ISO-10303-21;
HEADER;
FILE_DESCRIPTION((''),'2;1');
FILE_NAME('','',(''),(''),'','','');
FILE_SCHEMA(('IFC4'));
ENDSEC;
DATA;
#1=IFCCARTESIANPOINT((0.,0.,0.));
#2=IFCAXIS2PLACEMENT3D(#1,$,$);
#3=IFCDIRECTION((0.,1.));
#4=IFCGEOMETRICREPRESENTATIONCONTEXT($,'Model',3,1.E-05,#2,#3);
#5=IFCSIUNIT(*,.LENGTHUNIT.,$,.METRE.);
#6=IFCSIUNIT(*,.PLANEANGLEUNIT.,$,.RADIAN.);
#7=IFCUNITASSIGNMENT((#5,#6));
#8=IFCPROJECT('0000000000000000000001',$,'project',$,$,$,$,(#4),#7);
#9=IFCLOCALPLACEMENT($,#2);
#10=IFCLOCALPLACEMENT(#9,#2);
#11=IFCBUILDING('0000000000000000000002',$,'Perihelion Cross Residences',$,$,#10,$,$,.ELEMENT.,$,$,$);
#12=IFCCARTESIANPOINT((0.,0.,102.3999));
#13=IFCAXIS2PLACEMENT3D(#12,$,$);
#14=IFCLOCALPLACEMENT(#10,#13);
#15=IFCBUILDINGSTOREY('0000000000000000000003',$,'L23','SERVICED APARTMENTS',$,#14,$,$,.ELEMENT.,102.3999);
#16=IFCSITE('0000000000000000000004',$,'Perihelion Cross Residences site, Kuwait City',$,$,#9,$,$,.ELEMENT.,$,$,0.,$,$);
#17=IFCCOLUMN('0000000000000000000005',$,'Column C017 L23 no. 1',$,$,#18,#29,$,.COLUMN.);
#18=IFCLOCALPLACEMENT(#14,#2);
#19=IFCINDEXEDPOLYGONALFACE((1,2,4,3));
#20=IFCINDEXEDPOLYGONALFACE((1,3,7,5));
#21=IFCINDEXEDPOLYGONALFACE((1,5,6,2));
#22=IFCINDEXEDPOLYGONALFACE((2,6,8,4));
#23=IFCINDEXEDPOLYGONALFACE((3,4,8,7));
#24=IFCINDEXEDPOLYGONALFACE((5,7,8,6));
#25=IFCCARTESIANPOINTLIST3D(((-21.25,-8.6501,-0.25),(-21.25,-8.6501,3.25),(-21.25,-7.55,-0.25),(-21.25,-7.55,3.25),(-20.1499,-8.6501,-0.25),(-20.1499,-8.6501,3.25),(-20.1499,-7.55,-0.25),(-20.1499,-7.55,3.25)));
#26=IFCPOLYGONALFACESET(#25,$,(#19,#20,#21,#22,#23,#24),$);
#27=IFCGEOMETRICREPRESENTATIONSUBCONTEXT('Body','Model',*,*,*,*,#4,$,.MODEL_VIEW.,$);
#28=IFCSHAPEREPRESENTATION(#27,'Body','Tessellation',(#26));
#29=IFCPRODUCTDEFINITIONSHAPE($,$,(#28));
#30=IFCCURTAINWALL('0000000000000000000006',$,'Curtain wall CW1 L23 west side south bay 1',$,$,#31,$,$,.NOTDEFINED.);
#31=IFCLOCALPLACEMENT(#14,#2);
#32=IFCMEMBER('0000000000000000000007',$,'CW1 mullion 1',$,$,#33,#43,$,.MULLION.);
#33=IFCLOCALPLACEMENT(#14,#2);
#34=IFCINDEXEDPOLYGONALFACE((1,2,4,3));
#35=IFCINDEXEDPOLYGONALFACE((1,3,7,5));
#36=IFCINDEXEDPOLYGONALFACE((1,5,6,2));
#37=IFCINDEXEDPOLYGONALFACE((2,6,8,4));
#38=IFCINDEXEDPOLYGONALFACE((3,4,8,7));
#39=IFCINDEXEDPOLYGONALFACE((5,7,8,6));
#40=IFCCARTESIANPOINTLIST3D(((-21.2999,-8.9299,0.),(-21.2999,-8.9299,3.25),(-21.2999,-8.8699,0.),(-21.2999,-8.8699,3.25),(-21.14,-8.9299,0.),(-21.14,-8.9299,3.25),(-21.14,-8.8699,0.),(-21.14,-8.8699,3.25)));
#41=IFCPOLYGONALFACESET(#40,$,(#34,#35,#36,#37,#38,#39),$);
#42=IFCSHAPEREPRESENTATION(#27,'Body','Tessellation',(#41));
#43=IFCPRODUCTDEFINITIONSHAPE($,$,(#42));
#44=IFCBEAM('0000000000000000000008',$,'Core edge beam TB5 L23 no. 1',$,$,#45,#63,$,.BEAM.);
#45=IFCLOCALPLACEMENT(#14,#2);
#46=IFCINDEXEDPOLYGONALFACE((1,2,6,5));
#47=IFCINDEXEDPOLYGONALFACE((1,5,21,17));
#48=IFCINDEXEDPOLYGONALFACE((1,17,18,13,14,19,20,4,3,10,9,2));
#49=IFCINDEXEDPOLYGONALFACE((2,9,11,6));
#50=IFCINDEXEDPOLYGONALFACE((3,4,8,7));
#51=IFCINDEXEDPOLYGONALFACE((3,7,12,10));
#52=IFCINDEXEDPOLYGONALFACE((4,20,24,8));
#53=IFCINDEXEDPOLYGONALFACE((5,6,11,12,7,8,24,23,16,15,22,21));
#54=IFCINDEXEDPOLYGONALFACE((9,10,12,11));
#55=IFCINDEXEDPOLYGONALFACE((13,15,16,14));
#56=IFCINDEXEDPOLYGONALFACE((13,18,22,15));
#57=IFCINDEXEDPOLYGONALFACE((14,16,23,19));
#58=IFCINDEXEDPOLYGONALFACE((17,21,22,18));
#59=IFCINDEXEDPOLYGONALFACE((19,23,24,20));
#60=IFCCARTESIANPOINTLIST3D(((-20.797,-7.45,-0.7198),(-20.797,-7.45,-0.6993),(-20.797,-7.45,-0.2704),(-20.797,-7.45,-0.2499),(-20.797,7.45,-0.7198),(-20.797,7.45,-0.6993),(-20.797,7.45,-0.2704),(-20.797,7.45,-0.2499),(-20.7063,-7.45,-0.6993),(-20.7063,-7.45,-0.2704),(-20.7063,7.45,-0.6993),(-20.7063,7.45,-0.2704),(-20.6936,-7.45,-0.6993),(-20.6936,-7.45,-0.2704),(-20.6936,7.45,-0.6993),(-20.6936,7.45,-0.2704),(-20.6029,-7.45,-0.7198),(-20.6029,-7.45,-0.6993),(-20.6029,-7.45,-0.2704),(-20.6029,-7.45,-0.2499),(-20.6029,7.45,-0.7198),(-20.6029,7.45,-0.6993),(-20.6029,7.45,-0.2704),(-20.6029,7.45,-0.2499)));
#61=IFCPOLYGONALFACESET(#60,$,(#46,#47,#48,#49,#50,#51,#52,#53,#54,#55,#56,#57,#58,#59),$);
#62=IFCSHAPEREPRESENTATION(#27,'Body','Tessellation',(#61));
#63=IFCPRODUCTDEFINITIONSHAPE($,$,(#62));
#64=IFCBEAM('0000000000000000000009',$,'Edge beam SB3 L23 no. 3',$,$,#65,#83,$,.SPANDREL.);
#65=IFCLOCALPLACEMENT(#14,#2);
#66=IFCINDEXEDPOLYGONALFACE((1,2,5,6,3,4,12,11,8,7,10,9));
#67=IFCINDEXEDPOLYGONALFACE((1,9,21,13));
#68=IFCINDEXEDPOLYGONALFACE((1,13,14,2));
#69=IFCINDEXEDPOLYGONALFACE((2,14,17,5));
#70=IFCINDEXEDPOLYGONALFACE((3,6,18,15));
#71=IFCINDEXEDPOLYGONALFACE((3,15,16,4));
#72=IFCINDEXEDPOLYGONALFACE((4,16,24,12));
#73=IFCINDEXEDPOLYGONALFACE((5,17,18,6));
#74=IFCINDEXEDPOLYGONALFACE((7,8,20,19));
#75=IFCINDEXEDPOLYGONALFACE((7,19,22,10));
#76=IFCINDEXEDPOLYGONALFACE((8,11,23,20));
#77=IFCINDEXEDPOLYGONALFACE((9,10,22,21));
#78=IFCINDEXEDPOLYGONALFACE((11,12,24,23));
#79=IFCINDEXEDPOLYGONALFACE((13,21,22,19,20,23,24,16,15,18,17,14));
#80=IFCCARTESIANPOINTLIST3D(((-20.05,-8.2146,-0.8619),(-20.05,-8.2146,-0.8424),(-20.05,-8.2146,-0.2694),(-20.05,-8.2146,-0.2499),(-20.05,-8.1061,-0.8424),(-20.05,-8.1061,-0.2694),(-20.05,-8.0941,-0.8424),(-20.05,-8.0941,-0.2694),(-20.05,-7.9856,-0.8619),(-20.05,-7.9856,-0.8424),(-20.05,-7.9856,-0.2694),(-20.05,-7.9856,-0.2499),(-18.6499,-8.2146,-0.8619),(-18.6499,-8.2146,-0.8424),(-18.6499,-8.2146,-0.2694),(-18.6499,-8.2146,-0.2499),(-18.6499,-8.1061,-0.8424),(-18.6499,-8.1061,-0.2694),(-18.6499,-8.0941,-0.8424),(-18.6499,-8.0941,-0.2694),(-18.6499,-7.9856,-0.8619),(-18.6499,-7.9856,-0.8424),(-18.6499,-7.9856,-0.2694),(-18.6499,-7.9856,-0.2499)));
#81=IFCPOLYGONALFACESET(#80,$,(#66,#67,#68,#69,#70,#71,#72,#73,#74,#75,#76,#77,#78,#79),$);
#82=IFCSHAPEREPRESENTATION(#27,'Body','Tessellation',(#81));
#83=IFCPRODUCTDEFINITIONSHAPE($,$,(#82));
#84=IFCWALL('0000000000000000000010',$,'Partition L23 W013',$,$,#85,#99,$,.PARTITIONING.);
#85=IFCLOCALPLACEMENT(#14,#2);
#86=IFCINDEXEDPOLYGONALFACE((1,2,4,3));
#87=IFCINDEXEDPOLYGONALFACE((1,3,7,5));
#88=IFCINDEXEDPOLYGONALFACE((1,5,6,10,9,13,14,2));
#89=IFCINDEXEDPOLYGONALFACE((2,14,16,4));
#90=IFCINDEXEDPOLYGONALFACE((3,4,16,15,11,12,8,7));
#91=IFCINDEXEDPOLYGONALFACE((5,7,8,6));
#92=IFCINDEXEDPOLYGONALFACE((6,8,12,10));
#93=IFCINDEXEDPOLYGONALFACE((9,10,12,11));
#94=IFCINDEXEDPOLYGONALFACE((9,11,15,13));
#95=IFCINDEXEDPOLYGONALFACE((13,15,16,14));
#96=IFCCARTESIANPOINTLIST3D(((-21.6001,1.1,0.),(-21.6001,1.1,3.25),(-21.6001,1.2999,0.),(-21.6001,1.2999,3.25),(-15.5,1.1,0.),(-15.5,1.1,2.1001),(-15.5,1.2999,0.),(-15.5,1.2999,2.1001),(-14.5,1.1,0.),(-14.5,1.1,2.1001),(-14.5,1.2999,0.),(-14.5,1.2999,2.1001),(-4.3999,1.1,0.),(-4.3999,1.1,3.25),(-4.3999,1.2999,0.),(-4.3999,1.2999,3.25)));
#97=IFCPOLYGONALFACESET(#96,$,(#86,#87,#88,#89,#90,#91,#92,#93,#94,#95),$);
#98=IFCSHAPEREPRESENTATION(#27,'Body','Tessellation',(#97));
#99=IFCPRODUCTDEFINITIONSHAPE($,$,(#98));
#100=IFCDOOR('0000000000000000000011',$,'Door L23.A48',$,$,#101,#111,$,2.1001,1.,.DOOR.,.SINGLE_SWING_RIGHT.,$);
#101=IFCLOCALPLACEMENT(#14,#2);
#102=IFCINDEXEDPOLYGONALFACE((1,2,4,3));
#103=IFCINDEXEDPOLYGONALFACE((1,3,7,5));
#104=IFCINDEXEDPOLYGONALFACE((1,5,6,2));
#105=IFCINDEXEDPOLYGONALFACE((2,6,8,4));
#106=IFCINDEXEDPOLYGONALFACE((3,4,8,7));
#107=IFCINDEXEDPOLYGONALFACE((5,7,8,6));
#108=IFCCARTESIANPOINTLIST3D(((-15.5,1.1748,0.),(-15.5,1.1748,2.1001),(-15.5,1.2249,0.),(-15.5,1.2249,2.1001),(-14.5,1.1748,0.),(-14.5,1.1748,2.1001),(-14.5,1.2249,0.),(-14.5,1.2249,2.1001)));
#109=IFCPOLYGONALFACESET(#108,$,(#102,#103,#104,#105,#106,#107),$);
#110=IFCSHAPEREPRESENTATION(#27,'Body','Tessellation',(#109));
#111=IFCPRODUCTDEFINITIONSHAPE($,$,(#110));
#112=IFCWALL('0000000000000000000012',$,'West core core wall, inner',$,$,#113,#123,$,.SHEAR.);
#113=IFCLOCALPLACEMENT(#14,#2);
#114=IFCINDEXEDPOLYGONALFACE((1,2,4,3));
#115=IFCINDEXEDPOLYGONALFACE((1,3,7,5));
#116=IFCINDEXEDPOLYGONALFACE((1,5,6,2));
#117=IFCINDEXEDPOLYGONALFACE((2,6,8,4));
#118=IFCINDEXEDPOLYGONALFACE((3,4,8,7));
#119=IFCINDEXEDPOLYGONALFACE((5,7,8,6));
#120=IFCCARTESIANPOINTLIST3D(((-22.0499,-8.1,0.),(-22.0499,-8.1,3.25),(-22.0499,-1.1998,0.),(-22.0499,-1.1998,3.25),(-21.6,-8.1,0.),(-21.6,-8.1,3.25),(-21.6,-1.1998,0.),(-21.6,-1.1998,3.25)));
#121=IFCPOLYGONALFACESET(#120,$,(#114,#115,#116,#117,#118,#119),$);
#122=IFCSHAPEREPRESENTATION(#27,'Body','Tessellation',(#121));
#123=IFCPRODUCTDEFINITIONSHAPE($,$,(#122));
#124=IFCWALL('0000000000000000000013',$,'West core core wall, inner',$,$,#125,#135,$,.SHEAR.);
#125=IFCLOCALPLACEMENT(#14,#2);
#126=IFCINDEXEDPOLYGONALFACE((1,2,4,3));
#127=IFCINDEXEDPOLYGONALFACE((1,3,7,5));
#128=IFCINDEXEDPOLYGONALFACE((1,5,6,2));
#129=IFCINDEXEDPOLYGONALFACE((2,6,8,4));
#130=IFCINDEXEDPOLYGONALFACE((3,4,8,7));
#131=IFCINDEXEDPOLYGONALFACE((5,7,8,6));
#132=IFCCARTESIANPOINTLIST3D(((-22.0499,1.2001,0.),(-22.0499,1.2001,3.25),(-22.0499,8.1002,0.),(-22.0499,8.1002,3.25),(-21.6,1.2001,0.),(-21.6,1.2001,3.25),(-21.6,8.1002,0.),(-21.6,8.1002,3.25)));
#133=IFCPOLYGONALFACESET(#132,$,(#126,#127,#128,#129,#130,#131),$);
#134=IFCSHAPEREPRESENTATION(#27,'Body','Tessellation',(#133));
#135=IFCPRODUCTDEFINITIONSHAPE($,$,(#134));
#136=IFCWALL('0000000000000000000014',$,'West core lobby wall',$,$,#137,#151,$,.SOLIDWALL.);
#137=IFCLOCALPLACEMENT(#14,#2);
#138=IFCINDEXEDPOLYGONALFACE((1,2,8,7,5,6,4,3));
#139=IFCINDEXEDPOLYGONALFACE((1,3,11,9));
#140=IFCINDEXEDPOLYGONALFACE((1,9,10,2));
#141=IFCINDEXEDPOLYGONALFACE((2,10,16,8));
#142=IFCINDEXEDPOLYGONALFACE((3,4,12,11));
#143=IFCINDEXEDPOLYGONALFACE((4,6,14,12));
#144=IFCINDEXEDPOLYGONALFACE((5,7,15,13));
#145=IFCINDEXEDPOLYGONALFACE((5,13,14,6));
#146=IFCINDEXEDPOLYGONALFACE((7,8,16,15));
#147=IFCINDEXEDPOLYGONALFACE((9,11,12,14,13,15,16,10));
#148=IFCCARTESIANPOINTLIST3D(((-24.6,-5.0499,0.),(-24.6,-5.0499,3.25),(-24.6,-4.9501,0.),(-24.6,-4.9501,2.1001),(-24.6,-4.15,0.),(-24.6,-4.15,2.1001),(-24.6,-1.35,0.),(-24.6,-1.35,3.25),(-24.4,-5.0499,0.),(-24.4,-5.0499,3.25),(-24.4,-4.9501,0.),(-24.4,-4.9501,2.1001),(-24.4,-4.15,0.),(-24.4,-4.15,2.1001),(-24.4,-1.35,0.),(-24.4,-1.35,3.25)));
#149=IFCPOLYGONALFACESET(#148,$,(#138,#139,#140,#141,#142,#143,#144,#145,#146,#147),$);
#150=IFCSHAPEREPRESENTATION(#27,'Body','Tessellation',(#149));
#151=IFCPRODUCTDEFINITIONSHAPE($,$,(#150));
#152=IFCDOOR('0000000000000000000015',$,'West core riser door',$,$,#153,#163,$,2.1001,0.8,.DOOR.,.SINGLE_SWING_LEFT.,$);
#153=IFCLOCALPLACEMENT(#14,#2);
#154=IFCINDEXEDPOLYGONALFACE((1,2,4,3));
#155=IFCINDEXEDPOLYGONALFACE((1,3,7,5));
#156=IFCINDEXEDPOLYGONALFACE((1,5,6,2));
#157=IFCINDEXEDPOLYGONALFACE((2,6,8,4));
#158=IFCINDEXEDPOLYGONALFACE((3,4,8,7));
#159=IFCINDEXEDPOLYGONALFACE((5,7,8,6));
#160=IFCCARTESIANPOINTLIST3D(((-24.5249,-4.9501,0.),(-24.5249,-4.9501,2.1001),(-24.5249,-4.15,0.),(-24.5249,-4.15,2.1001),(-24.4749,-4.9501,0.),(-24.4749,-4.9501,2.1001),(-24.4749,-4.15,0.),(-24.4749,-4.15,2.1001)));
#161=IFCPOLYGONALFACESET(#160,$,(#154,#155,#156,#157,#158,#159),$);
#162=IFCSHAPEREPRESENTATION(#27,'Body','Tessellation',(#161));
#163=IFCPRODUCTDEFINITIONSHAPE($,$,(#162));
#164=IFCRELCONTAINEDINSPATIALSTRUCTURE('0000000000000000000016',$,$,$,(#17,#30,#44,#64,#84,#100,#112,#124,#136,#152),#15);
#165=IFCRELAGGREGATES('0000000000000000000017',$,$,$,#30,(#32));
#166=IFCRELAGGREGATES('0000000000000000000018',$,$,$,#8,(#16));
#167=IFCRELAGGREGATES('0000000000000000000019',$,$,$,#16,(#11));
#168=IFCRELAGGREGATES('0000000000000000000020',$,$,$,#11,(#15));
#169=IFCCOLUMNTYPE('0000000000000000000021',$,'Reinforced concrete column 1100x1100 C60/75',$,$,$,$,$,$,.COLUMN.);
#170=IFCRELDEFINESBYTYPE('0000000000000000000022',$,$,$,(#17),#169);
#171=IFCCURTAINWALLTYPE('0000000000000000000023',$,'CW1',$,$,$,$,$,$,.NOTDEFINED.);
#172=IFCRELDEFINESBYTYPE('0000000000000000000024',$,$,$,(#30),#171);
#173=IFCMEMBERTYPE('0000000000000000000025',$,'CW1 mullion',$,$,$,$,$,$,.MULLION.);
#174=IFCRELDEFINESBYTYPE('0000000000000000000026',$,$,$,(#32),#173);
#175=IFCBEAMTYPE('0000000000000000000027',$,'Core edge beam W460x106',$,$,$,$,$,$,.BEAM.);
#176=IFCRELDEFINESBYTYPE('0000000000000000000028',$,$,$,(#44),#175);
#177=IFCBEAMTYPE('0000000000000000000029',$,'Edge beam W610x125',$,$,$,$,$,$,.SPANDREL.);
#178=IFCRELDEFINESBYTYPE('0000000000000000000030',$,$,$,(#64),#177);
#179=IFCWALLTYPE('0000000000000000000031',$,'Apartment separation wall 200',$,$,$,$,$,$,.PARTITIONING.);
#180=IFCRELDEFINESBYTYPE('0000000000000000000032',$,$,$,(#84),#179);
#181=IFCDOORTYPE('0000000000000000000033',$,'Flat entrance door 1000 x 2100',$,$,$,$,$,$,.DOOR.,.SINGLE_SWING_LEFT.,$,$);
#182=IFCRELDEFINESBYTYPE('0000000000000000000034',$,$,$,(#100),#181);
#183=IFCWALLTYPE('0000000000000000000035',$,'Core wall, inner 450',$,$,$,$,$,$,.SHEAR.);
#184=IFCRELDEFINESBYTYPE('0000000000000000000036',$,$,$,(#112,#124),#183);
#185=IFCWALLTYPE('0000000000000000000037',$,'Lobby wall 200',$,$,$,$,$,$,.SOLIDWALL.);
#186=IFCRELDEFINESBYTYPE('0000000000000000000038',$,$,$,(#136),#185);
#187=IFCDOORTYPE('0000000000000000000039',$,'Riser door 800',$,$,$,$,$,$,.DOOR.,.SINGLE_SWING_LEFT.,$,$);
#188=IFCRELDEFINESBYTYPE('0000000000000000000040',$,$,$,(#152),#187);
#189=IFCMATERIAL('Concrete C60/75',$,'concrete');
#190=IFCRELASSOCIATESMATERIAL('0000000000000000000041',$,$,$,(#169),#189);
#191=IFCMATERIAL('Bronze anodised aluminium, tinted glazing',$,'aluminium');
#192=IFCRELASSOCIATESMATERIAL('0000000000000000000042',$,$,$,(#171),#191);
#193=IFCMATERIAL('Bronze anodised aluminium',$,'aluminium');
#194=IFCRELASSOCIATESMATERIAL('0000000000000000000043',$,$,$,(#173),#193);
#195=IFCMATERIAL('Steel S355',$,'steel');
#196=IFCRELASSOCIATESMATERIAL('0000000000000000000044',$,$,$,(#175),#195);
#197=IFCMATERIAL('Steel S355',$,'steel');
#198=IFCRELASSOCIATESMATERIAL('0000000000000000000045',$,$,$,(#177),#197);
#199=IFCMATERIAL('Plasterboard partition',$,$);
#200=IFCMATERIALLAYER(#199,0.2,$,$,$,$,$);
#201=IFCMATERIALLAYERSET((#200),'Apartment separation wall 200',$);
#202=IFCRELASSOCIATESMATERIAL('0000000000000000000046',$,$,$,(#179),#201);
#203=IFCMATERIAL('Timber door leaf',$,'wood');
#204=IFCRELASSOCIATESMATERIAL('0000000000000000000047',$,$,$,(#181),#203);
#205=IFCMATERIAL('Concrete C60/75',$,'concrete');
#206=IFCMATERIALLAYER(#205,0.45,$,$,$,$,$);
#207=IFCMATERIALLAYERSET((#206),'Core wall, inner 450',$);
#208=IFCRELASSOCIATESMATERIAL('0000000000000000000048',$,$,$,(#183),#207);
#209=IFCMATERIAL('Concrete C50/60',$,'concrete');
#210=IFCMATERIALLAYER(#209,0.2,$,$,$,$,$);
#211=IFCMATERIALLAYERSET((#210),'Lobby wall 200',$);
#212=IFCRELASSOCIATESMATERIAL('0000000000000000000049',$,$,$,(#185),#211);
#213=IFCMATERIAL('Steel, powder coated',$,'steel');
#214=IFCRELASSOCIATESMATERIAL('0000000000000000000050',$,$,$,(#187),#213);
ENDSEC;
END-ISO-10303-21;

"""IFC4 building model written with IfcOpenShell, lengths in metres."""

from ifc_helpers import new_model, si_unit, direction, frame, frame_2d, origin, origin_2d, place, context, subcontext, project, spatial, rectangle, i_section, extrude, material, layer, layer_set, material_profile, profile_set, type_object, element, fill, aggregate, save


model = new_model("IFC4")

# Units and contexts
model_context = context("Model", 3, precision=1e-05, world=origin(), true_north=direction((0.0, 1.0)))
body_context = subcontext(model_context, "Body", "Model", "MODEL_VIEW")
ifc_project = project(units=[si_unit("LENGTHUNIT", "METRE"), si_unit("PLANEANGLEUNIT", "RADIAN")], contexts=[model_context])

# Site, building, storey
site_placement = place(None, origin())
site = spatial("IfcSite", under=ifc_project, at=site_placement, Name="Perihelion Cross Residences site, Kuwait City", CompositionType="ELEMENT", RefElevation=0.0)
building_placement = place(site_placement, origin())
building = spatial("IfcBuilding", under=site, at=building_placement, Name="Perihelion Cross Residences", CompositionType="ELEMENT")
storey_placement = place(building_placement, frame((0.0, 0.0, 102.3999)))
storey = spatial("IfcBuildingStorey", under=building, at=storey_placement, Name="L23", Description="SERVICED APARTMENTS", CompositionType="ELEMENT", Elevation=102.3999)

# Column
ifc_material_1 = material(Name="Concrete C60/75", Category="concrete")
ifc_material_profile_1 = material_profile(ifc_material_1, rectangle(XDim=1.1001, YDim=1.1001, at=origin_2d()), Name="RC 1100x1100")
ifc_profile_set_1 = profile_set([ifc_material_profile_1], Name="Concrete C60/75")
column_type = type_object("IfcColumnType", Name="Reinforced concrete column 1100x1100 C60/75", PredefinedType="COLUMN", material=ifc_profile_set_1)
column_placement = place(storey_placement, frame((-20.7, -8.1001, -0.25), z_axis=(0.0, 0.0, 1.0), x_axis=(1.0, 0.0, 0.0)))
element("IfcColumn", 1, at=column_placement, inside=storey, type_object=column_type, Name="Column C017 L23 no. 1", PredefinedType="COLUMN", context=body_context, shape_type="SweptSolid", body=[
    extrude(rectangle(XDim=1.1001, YDim=1.1001, at=origin_2d()), origin(), (0.0, 0.0, 1.0), 3.5),
])

# Curtain wall, member
ifc_material_2 = material(Name="Bronze anodised aluminium, tinted glazing", Category="aluminium")
curtain_wall_type = type_object("IfcCurtainWallType", Name="CW1", PredefinedType="NOTDEFINED", material=ifc_material_2)
curtain_wall_placement = place(storey_placement, origin())
curtain_wall = element("IfcCurtainWall", 2, at=curtain_wall_placement, inside=storey, type_object=curtain_wall_type, Name="Curtain wall CW1 L23 west side south bay 1", PredefinedType="NOTDEFINED")
ifc_material_3 = material(Name="Bronze anodised aluminium", Category="aluminium")
ifc_material_profile_2 = material_profile(ifc_material_3, rectangle(XDim=0.0601, YDim=0.1599, at=origin_2d()), Name="CW1 mullion")
ifc_profile_set_2 = profile_set([ifc_material_profile_2], Name="Bronze anodised aluminium")
member_type = type_object("IfcMemberType", Name="CW1 mullion", PredefinedType="MULLION", material=ifc_profile_set_2)
member_placement = place(storey_placement, frame((-21.22, -8.8999, 0.0), z_axis=(0.0, 0.0, 1.0), x_axis=(0.0, 1.0, 0.0)))
member = element("IfcMember", 3, at=member_placement, type_object=member_type, Name="CW1 mullion 1", PredefinedType="MULLION", context=body_context, shape_type="SweptSolid", body=[
    extrude(rectangle(XDim=0.0601, YDim=0.1599, at=origin_2d()), origin(), (0.0, 0.0, 1.0), 3.25),
])
aggregate(curtain_wall, [member])

# Beams
ifc_material_4 = material(Name="Steel S355", Category="steel")
ifc_material_profile_3 = material_profile(ifc_material_4, i_section(OverallWidth=0.1941, OverallDepth=0.47, WebThickness=0.0127, FlangeThickness=0.0205, at=origin_2d()), Name="W460x106")
ifc_profile_set_3 = profile_set([ifc_material_profile_3], Name="Steel S355")
beam_type_1 = type_object("IfcBeamType", Name="Core edge beam W460x106", PredefinedType="BEAM", material=ifc_profile_set_3)
beam_1_placement = place(storey_placement, frame((-20.7, -7.45, -0.4849), z_axis=(0.0, 1.0, 0.0), x_axis=(-1.0, 0.0, 0.0)))
element("IfcBeam", 4, at=beam_1_placement, inside=storey, type_object=beam_type_1, Name="Core edge beam TB5 L23 no. 1", PredefinedType="BEAM", context=body_context, shape_type="SweptSolid", body=[
    extrude(i_section(OverallWidth=0.1941, OverallDepth=0.47, WebThickness=0.0127, FlangeThickness=0.0205, at=origin_2d()), origin(), (0.0, 0.0, 1.0), 14.8999),
])
ifc_material_5 = material(Name="Steel S355", Category="steel")
ifc_material_profile_4 = material_profile(ifc_material_5, i_section(OverallWidth=0.229, OverallDepth=0.6121, WebThickness=0.012, FlangeThickness=0.0195, at=origin_2d()), Name="W610x125")
ifc_profile_set_4 = profile_set([ifc_material_profile_4], Name="Steel S355")
beam_type_2 = type_object("IfcBeamType", Name="Edge beam W610x125", PredefinedType="SPANDREL", material=ifc_profile_set_4)
beam_2_placement = place(storey_placement, frame((-20.05, -8.1001, -0.5559), z_axis=(1.0, 0.0, 0.0), x_axis=(0.0, 1.0, 0.0)))
element("IfcBeam", 5, at=beam_2_placement, inside=storey, type_object=beam_type_2, Name="Edge beam SB3 L23 no. 3", PredefinedType="SPANDREL", context=body_context, shape_type="SweptSolid", body=[
    extrude(i_section(OverallWidth=0.229, OverallDepth=0.6121, WebThickness=0.012, FlangeThickness=0.0195, at=origin_2d()), origin(), (0.0, 0.0, 1.0), 1.4001),
])

# Wall, opening, door
ifc_material_6 = material(Name="Plasterboard partition")
ifc_layer_1 = layer(ifc_material_6, 0.2)
ifc_layer_set_1 = layer_set([ifc_layer_1], Name="Apartment separation wall 200")
wall_type_1 = type_object("IfcWallType", Name="Apartment separation wall 200", PredefinedType="PARTITIONING", material=ifc_layer_set_1)
wall_1_placement = place(storey_placement, frame((-21.6001, 1.2, 0.0), z_axis=(0.0, 0.0, 1.0), x_axis=(1.0, 0.0, 0.0)))
wall_1 = element("IfcWall", 6, at=wall_1_placement, inside=storey, type_object=wall_type_1, Name="Partition L23 W013", PredefinedType="PARTITIONING", context=body_context, shape_type="SweptSolid", body=[
    extrude(rectangle(XDim=17.2002, YDim=0.2, at=frame_2d((8.6001, 0.0))), origin(), (0.0, 0.0, 1.0), 3.25),
])
opening_1_placement = place(wall_1_placement, frame((6.1001, 0.0, 0.0)))
opening_1 = element("IfcOpeningElement", 7, at=opening_1_placement, cuts=wall_1, PredefinedType="OPENING", context=body_context, shape_type="SweptSolid", body=[
    extrude(rectangle(XDim=1.0, YDim=2.1001, at=frame_2d((0.5, 1.05))), frame((0.0, 0.1099, 0.0), z_axis=(0.0, -1.0, 0.0), x_axis=(1.0, 0.0, 0.0)), (0.0, 0.0, 1.0), 0.22),
])
ifc_material_7 = material(Name="Timber door leaf", Category="wood")
door_type_1 = type_object("IfcDoorType", Name="Flat entrance door 1000 x 2100", OperationType="SINGLE_SWING_LEFT", PredefinedType="DOOR", material=ifc_material_7)
door_1_placement = place(opening_1_placement, origin())
door_1 = element("IfcDoor", 8, at=door_1_placement, inside=storey, type_object=door_type_1, Name="Door L23.A48", OperationType="SINGLE_SWING_RIGHT", OverallHeight=2.1001, OverallWidth=1.0, PredefinedType="DOOR", context=body_context, shape_type="SweptSolid", body=[
    extrude(rectangle(XDim=1.0, YDim=2.1001, at=frame_2d((0.5, 1.05))), frame((0.0, 0.0249, 0.0), z_axis=(0.0, -1.0, 0.0), x_axis=(1.0, 0.0, 0.0)), (0.0, 0.0, 1.0), 0.05),
])
fill(opening_1, door_1)

# Walls
ifc_material_8 = material(Name="Concrete C60/75", Category="concrete")
ifc_layer_2 = layer(ifc_material_8, 0.45)
ifc_layer_set_2 = layer_set([ifc_layer_2], Name="Core wall, inner 450")
wall_type_2 = type_object("IfcWallType", Name="Core wall, inner 450", PredefinedType="SHEAR", material=ifc_layer_set_2)
for number, where, z_axis, x_axis, name in (
    (9, (-21.825, -8.1001, 0.0), (0.0, 0.0, 1.0), (0.0, 1.0, 0.0), "West core core wall, inner"),
    (10, (-21.825, 1.2, 0.0), (0.0, 0.0, 1.0), (0.0, 1.0, 0.0), "West core core wall, inner"),
):
    element("IfcWall", number, at=place(storey_placement, frame(where, z_axis=z_axis, x_axis=x_axis)), inside=storey, type_object=wall_type_2, Name=name, PredefinedType="SHEAR", context=body_context, shape_type="SweptSolid", body=[
        extrude(rectangle(XDim=6.9001, YDim=0.45, at=frame_2d((3.4502, 0.0))), origin(), (0.0, 0.0, 1.0), 3.25),
    ])

# Wall, opening, door
ifc_material_9 = material(Name="Concrete C50/60", Category="concrete")
ifc_layer_3 = layer(ifc_material_9, 0.2)
ifc_layer_set_3 = layer_set([ifc_layer_3], Name="Lobby wall 200")
wall_type_3 = type_object("IfcWallType", Name="Lobby wall 200", PredefinedType="SOLIDWALL", material=ifc_layer_set_3)
wall_2_placement = place(storey_placement, frame((-24.5, -5.05, 0.0), z_axis=(0.0, 0.0, 1.0), x_axis=(0.0, 1.0, 0.0)))
wall_2 = element("IfcWall", 11, at=wall_2_placement, inside=storey, type_object=wall_type_3, Name="West core lobby wall", PredefinedType="SOLIDWALL", context=body_context, shape_type="SweptSolid", body=[
    extrude(rectangle(XDim=3.7, YDim=0.2, at=frame_2d((1.8501, 0.0))), origin(), (0.0, 0.0, 1.0), 3.25),
])
opening_2_placement = place(wall_2_placement, frame((0.1001, 0.0, 0.0)))
opening_2 = element("IfcOpeningElement", 12, at=opening_2_placement, cuts=wall_2, PredefinedType="OPENING", context=body_context, shape_type="SweptSolid", body=[
    extrude(rectangle(XDim=0.8, YDim=2.1001, at=frame_2d((0.3999, 1.05))), frame((0.0, 0.1099, 0.0), z_axis=(0.0, -1.0, 0.0), x_axis=(1.0, 0.0, 0.0)), (0.0, 0.0, 1.0), 0.22),
])
ifc_material_10 = material(Name="Steel, powder coated", Category="steel")
door_type_2 = type_object("IfcDoorType", Name="Riser door 800", OperationType="SINGLE_SWING_LEFT", PredefinedType="DOOR", material=ifc_material_10)
door_2_placement = place(opening_2_placement, origin())
door_2 = element("IfcDoor", 13, at=door_2_placement, inside=storey, type_object=door_type_2, Name="West core riser door", OperationType="SINGLE_SWING_LEFT", OverallHeight=2.1001, OverallWidth=0.8, PredefinedType="DOOR", context=body_context, shape_type="SweptSolid", body=[
    extrude(rectangle(XDim=0.8, YDim=2.1001, at=frame_2d((0.3999, 1.05))), frame((0.0, 0.0249, 0.0), z_axis=(0.0, -1.0, 0.0), x_axis=(1.0, 0.0, 0.0)), (0.0, 0.0, 1.0), 0.05),
])
fill(opening_2, door_2)

save(model, "model.ifc")
